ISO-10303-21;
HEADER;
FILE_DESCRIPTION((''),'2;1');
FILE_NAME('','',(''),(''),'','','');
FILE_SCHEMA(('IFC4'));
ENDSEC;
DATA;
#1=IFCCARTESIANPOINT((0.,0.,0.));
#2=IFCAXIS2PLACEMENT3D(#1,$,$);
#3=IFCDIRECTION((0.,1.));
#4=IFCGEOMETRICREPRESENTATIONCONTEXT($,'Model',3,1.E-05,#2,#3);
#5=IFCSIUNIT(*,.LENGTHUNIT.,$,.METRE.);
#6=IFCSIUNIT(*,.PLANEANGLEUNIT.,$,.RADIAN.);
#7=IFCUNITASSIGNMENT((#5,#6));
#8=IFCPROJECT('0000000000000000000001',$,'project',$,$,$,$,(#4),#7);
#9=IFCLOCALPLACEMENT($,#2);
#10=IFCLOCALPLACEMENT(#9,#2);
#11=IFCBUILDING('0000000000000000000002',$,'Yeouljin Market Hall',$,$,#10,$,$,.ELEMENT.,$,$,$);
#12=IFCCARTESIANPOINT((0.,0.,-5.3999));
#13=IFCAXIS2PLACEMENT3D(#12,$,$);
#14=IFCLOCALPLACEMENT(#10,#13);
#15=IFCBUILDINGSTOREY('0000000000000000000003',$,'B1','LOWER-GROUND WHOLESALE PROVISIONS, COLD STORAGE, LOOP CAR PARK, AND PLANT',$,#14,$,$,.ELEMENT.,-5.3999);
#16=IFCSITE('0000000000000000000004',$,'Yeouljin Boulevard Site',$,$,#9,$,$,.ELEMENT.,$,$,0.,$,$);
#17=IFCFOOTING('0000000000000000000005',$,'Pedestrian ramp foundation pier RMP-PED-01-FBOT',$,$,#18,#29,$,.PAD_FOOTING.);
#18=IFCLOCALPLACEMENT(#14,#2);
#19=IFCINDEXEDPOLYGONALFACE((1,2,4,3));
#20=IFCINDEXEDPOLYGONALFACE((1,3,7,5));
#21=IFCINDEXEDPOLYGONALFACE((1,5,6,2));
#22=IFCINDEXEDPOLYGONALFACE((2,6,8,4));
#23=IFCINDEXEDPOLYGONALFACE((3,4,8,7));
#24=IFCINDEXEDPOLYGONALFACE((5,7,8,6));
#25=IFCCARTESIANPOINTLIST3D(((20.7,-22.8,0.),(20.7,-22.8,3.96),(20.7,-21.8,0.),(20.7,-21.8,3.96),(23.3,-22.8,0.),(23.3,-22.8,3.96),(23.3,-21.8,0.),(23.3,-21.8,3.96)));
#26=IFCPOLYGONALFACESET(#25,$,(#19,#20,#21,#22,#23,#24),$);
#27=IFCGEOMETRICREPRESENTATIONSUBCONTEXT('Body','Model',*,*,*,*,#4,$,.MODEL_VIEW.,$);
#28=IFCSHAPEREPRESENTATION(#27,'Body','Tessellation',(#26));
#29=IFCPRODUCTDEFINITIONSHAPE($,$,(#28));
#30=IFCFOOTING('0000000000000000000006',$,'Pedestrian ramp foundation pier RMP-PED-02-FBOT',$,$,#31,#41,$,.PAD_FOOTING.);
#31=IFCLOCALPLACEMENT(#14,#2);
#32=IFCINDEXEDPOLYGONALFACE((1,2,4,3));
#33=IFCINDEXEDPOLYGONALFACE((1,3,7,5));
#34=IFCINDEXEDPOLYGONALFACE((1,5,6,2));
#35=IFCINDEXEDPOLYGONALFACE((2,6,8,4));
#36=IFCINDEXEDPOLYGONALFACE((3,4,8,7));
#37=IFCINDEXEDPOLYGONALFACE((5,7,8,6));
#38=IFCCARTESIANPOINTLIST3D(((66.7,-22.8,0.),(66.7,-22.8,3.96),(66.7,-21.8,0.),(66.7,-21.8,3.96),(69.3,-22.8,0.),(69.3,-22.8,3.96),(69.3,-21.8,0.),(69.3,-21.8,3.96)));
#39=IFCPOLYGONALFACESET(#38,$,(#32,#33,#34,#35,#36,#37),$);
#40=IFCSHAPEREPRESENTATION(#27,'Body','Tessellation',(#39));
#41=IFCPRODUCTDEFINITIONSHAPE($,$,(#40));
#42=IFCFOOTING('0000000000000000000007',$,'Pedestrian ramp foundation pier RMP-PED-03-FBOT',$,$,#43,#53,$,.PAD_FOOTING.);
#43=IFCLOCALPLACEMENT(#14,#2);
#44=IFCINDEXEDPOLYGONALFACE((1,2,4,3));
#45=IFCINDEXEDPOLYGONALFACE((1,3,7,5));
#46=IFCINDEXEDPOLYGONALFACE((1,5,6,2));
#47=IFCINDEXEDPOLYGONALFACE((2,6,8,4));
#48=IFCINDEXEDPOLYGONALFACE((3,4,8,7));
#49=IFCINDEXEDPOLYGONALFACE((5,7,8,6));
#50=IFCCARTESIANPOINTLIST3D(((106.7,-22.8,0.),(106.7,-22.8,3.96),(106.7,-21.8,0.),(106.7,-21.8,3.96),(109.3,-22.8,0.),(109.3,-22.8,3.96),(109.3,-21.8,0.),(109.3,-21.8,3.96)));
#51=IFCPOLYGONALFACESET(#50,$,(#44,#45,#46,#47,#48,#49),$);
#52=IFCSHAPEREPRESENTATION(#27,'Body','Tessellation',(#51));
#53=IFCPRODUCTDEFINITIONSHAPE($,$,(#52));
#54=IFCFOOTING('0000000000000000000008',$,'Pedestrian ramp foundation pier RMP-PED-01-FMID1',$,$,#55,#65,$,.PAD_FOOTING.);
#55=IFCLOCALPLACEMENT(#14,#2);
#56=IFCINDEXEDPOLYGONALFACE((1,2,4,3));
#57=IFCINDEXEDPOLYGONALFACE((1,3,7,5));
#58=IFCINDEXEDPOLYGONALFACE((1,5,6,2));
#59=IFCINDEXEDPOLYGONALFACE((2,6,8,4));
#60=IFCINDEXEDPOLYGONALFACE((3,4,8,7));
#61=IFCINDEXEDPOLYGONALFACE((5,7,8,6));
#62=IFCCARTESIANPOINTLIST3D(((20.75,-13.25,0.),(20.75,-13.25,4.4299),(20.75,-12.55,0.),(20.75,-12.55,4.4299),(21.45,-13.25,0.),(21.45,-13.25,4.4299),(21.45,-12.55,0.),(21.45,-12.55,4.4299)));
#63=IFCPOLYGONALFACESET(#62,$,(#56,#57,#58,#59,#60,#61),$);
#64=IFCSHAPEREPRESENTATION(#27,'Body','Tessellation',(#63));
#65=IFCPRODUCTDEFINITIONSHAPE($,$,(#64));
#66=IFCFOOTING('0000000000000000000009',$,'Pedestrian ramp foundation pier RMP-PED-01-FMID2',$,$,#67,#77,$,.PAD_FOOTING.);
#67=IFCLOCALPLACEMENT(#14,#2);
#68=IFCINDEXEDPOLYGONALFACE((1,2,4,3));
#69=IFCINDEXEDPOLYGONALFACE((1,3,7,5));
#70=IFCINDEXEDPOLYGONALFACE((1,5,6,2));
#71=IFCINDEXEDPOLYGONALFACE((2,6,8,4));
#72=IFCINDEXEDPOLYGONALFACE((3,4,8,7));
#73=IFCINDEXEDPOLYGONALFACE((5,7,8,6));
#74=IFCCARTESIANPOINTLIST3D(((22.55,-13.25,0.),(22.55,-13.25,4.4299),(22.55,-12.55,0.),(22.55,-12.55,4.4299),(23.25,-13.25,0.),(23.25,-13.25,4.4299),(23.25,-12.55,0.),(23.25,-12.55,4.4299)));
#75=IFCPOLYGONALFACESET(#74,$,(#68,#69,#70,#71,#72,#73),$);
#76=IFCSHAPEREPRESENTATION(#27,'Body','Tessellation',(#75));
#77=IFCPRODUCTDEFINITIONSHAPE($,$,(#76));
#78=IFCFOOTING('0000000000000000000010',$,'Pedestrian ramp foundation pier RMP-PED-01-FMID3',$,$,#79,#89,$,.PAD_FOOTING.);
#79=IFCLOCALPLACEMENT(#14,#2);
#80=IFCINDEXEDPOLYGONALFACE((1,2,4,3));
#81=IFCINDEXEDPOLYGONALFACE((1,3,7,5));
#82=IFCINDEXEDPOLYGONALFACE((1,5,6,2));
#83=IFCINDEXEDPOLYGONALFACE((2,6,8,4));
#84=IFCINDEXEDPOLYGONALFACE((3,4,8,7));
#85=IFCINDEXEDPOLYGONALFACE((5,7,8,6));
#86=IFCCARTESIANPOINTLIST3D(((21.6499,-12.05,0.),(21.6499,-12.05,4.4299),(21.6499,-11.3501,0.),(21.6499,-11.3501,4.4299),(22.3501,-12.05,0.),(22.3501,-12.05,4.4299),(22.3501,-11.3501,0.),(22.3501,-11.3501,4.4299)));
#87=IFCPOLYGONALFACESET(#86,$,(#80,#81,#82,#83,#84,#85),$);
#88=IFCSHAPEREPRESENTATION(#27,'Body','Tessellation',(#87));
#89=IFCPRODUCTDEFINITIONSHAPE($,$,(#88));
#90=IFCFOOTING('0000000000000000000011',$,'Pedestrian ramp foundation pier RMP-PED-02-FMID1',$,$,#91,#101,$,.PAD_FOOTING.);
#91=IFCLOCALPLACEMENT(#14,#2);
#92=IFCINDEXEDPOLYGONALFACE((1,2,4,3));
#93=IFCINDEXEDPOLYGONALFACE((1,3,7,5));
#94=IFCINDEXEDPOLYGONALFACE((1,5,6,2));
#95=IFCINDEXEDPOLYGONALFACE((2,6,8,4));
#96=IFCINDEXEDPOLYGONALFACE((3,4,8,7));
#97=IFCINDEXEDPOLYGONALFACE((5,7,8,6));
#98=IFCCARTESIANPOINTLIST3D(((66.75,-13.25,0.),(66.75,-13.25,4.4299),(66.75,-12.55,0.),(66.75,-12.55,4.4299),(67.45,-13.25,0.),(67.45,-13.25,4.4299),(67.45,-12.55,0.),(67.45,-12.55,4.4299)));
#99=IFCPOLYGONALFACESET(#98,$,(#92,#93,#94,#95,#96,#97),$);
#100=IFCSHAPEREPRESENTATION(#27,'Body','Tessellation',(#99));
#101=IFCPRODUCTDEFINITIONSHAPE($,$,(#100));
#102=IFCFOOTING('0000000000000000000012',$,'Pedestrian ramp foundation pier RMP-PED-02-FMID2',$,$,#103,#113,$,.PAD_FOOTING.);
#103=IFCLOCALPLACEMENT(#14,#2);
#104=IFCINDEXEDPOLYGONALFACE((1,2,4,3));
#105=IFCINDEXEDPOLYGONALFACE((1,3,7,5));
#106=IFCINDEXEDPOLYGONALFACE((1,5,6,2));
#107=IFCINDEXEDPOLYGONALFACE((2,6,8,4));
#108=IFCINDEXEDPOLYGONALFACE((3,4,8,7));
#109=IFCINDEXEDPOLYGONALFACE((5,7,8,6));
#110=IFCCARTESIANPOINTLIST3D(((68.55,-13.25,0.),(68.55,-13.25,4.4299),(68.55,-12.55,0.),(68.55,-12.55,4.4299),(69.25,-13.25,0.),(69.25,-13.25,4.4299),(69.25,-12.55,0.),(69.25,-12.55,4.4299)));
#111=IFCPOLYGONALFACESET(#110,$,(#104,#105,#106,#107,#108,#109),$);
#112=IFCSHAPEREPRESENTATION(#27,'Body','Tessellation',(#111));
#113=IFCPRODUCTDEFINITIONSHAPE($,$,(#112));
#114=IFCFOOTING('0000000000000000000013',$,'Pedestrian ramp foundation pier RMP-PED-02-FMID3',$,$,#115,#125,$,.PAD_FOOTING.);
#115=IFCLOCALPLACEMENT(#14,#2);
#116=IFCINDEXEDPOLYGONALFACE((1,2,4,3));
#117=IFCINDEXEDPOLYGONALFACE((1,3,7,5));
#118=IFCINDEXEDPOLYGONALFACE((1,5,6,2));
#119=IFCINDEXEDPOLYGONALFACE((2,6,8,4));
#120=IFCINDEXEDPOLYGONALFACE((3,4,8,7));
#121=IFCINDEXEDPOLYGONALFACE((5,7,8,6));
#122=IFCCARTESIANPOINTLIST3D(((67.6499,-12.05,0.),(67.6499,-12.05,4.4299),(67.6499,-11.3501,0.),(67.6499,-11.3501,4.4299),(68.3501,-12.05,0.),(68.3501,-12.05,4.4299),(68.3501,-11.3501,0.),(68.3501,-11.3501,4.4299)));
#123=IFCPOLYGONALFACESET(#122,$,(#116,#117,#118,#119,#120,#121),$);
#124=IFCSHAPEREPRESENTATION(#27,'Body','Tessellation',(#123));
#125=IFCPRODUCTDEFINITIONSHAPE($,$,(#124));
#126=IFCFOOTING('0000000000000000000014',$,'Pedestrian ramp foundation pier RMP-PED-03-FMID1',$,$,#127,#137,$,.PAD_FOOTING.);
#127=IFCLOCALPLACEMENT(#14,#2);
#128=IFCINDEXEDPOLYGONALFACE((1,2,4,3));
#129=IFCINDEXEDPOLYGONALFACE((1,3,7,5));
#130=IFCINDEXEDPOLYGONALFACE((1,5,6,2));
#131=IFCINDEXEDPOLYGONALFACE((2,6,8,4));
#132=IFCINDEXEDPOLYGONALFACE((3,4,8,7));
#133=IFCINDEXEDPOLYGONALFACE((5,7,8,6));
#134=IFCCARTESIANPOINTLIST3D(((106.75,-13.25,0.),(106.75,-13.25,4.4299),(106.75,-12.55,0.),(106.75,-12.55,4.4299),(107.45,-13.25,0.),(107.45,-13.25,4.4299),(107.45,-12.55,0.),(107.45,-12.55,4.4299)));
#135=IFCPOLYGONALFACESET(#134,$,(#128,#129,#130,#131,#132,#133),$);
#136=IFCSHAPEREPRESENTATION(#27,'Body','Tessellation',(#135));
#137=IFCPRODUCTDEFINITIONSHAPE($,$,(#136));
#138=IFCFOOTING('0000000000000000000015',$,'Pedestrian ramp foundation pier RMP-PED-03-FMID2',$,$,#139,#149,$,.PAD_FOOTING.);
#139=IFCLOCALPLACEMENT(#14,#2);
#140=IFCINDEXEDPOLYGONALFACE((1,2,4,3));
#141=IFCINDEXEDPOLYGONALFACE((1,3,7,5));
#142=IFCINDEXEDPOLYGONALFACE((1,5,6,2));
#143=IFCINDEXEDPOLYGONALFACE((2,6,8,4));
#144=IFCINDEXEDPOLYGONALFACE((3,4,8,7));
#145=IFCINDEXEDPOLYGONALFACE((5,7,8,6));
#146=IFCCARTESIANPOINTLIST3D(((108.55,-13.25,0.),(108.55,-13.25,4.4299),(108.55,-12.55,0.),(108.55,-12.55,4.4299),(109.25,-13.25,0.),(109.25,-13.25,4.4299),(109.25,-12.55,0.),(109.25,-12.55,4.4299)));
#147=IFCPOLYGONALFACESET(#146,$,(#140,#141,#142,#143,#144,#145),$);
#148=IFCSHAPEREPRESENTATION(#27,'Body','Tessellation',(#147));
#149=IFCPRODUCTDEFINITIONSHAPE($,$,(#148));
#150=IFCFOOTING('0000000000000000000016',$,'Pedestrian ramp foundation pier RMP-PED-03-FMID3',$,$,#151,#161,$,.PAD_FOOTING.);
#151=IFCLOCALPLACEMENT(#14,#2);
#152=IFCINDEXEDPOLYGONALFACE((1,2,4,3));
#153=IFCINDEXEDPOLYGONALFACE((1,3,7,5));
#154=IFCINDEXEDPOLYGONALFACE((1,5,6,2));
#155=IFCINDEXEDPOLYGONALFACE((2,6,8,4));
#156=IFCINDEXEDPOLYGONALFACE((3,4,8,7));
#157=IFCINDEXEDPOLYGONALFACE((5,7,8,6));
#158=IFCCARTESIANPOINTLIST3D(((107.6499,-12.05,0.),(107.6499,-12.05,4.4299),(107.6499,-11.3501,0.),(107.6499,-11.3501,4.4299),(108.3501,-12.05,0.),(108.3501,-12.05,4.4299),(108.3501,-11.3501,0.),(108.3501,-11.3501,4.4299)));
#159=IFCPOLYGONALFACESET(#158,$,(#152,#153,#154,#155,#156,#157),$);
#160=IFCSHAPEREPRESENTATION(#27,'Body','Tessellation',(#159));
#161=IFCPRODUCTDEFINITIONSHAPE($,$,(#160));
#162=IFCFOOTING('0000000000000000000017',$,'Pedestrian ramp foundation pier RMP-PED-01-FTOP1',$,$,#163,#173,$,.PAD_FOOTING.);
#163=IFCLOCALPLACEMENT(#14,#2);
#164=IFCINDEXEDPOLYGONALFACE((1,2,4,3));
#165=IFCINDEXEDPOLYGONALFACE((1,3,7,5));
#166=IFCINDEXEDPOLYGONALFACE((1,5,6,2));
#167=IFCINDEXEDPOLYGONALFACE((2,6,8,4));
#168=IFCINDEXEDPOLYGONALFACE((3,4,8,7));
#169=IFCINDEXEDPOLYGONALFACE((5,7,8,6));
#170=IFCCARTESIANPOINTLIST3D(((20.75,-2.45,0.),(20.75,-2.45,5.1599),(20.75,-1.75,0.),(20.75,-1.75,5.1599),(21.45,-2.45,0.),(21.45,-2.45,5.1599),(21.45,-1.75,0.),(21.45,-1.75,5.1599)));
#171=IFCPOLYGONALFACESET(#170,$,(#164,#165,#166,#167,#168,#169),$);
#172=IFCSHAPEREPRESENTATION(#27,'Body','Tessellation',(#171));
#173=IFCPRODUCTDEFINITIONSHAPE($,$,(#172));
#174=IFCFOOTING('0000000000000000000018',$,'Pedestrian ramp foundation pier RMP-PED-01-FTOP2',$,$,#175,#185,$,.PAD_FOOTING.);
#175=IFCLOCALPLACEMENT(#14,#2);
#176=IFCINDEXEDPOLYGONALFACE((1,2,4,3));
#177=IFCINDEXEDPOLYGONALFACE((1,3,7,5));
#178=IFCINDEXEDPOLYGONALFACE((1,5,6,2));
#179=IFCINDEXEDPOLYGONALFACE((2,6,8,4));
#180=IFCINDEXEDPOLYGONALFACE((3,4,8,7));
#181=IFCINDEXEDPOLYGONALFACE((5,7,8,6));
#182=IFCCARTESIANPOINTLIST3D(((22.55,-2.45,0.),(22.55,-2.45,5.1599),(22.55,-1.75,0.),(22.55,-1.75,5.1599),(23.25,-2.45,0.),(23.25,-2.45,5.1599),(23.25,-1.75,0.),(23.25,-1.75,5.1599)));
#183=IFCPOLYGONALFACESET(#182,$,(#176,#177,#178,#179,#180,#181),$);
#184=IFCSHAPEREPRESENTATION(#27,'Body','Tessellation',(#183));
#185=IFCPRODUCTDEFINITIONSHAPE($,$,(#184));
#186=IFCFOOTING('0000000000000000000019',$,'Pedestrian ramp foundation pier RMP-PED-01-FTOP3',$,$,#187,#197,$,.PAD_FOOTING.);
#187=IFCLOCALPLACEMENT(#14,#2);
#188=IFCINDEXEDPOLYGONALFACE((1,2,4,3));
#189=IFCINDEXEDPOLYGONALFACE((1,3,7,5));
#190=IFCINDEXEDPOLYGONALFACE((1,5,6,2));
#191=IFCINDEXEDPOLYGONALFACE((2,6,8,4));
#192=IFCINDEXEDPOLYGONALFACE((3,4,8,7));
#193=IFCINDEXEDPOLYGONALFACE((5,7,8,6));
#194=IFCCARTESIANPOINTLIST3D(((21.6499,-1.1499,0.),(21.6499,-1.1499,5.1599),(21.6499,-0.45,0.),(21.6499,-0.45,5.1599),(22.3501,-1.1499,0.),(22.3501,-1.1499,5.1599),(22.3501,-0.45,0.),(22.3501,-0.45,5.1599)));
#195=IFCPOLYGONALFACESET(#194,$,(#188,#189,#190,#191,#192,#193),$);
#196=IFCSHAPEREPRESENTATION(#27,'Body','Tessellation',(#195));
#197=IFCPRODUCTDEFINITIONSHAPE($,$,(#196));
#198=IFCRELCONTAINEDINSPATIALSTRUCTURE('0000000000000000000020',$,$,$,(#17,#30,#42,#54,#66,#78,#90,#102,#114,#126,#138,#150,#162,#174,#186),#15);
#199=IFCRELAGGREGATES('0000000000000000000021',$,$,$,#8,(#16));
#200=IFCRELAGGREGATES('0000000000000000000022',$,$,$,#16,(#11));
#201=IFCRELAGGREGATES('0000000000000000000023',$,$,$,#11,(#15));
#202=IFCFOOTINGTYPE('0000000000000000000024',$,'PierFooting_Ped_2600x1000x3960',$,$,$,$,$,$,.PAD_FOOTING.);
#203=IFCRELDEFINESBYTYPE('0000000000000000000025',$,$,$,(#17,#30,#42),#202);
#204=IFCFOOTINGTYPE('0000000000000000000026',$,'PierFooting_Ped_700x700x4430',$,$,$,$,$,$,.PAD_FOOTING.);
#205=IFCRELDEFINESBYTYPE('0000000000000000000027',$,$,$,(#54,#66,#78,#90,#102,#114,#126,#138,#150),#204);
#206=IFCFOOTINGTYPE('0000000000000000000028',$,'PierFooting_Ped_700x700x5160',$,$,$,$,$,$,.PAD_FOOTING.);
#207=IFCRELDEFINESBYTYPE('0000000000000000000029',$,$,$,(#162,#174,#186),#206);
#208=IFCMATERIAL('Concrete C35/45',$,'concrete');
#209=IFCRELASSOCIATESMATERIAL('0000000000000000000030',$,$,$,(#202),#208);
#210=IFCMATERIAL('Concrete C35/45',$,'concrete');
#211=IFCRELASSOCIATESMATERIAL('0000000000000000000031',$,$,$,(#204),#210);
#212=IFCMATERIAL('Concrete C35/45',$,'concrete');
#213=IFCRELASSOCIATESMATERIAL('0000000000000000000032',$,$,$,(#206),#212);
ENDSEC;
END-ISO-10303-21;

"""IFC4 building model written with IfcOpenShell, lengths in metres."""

from ifc_helpers import new_model, si_unit, direction, frame, origin, place, context, subcontext, project, spatial, polyline, outline, extrude, material, type_object, element, save


model = new_model("IFC4")

# Units and contexts
model_context = context("Model", 3, precision=1e-05, world=origin(), true_north=direction((0.0, 1.0)))
body_context = subcontext(model_context, "Body", "Model", "MODEL_VIEW")
ifc_project = project(units=[si_unit("LENGTHUNIT", "METRE"), si_unit("PLANEANGLEUNIT", "RADIAN")], contexts=[model_context])

# Site, building, storey
site_placement = place(None, origin())
site = spatial("IfcSite", under=ifc_project, at=site_placement, Name="Yeouljin Boulevard Site", CompositionType="ELEMENT", RefElevation=0.0)
building_placement = place(site_placement, origin())
building = spatial("IfcBuilding", under=site, at=building_placement, Name="Yeouljin Market Hall", CompositionType="ELEMENT")
storey_placement = place(building_placement, frame((0.0, 0.0, -5.3999)))
storey = spatial("IfcBuildingStorey", under=building, at=storey_placement, Name="B1", Description="LOWER-GROUND WHOLESALE PROVISIONS, COLD STORAGE, LOOP CAR PARK, AND PLANT", CompositionType="ELEMENT", Elevation=-5.3999)

# Footings
ifc_material_1 = material(Name="Concrete C35/45", Category="concrete")
footing_type_1 = type_object("IfcFootingType", Name="PierFooting_Ped_2600x1000x3960", PredefinedType="PAD_FOOTING", material=ifc_material_1)
footing_1_placement = place(storey_placement, origin())
element("IfcFooting", 1, at=footing_1_placement, inside=storey, type_object=footing_type_1, Name="Pedestrian ramp foundation pier RMP-PED-01-FBOT", PredefinedType="PAD_FOOTING", context=body_context, shape_type="SweptSolid", body=[
    extrude(outline(polyline([(20.7, -22.8), (23.3, -22.8), (23.3, -21.8), (20.7, -21.8), (20.7, -22.8)])), origin(), (0.0, 0.0, 1.0), 3.96),
])
footing_2_placement = place(storey_placement, origin())
element("IfcFooting", 2, at=footing_2_placement, inside=storey, type_object=footing_type_1, Name="Pedestrian ramp foundation pier RMP-PED-02-FBOT", PredefinedType="PAD_FOOTING", context=body_context, shape_type="SweptSolid", body=[
    extrude(outline(polyline([(66.7, -22.8), (69.3, -22.8), (69.3, -21.8), (66.7, -21.8), (66.7, -22.8)])), origin(), (0.0, 0.0, 1.0), 3.96),
])
footing_3_placement = place(storey_placement, origin())
element("IfcFooting", 3, at=footing_3_placement, inside=storey, type_object=footing_type_1, Name="Pedestrian ramp foundation pier RMP-PED-03-FBOT", PredefinedType="PAD_FOOTING", context=body_context, shape_type="SweptSolid", body=[
    extrude(outline(polyline([(106.7, -22.8), (109.3, -22.8), (109.3, -21.8), (106.7, -21.8), (106.7, -22.8)])), origin(), (0.0, 0.0, 1.0), 3.96),
])
ifc_material_2 = material(Name="Concrete C35/45", Category="concrete")
footing_type_2 = type_object("IfcFootingType", Name="PierFooting_Ped_700x700x4430", PredefinedType="PAD_FOOTING", material=ifc_material_2)
footing_4_placement = place(storey_placement, origin())
element("IfcFooting", 4, at=footing_4_placement, inside=storey, type_object=footing_type_2, Name="Pedestrian ramp foundation pier RMP-PED-01-FMID1", PredefinedType="PAD_FOOTING", context=body_context, shape_type="SweptSolid", body=[
    extrude(outline(polyline([(20.75, -13.25), (21.45, -13.25), (21.45, -12.55), (20.75, -12.55), (20.75, -13.25)])), origin(), (0.0, 0.0, 1.0), 4.4299),
])
footing_5_placement = place(storey_placement, origin())
element("IfcFooting", 5, at=footing_5_placement, inside=storey, type_object=footing_type_2, Name="Pedestrian ramp foundation pier RMP-PED-01-FMID2", PredefinedType="PAD_FOOTING", context=body_context, shape_type="SweptSolid", body=[
    extrude(outline(polyline([(22.55, -13.25), (23.25, -13.25), (23.25, -12.55), (22.55, -12.55), (22.55, -13.25)])), origin(), (0.0, 0.0, 1.0), 4.4299),
])
footing_6_placement = place(storey_placement, origin())
element("IfcFooting", 6, at=footing_6_placement, inside=storey, type_object=footing_type_2, Name="Pedestrian ramp foundation pier RMP-PED-01-FMID3", PredefinedType="PAD_FOOTING", context=body_context, shape_type="SweptSolid", body=[
    extrude(outline(polyline([(21.6499, -12.05), (22.3501, -12.05), (22.3501, -11.3501), (21.6499, -11.3501), (21.6499, -12.05)])), origin(), (0.0, 0.0, 1.0), 4.4299),
])
footing_7_placement = place(storey_placement, origin())
element("IfcFooting", 7, at=footing_7_placement, inside=storey, type_object=footing_type_2, Name="Pedestrian ramp foundation pier RMP-PED-02-FMID1", PredefinedType="PAD_FOOTING", context=body_context, shape_type="SweptSolid", body=[
    extrude(outline(polyline([(66.75, -13.25), (67.45, -13.25), (67.45, -12.55), (66.75, -12.55), (66.75, -13.25)])), origin(), (0.0, 0.0, 1.0), 4.4299),
])
footing_8_placement = place(storey_placement, origin())
element("IfcFooting", 8, at=footing_8_placement, inside=storey, type_object=footing_type_2, Name="Pedestrian ramp foundation pier RMP-PED-02-FMID2", PredefinedType="PAD_FOOTING", context=body_context, shape_type="SweptSolid", body=[
    extrude(outline(polyline([(68.55, -13.25), (69.25, -13.25), (69.25, -12.55), (68.55, -12.55), (68.55, -13.25)])), origin(), (0.0, 0.0, 1.0), 4.4299),
])
footing_9_placement = place(storey_placement, origin())
element("IfcFooting", 9, at=footing_9_placement, inside=storey, type_object=footing_type_2, Name="Pedestrian ramp foundation pier RMP-PED-02-FMID3", PredefinedType="PAD_FOOTING", context=body_context, shape_type="SweptSolid", body=[
    extrude(outline(polyline([(67.6499, -12.05), (68.3501, -12.05), (68.3501, -11.3501), (67.6499, -11.3501), (67.6499, -12.05)])), origin(), (0.0, 0.0, 1.0), 4.4299),
])
footing_10_placement = place(storey_placement, origin())
element("IfcFooting", 10, at=footing_10_placement, inside=storey, type_object=footing_type_2, Name="Pedestrian ramp foundation pier RMP-PED-03-FMID1", PredefinedType="PAD_FOOTING", context=body_context, shape_type="SweptSolid", body=[
    extrude(outline(polyline([(106.75, -13.25), (107.45, -13.25), (107.45, -12.55), (106.75, -12.55), (106.75, -13.25)])), origin(), (0.0, 0.0, 1.0), 4.4299),
])
footing_11_placement = place(storey_placement, origin())
element("IfcFooting", 11, at=footing_11_placement, inside=storey, type_object=footing_type_2, Name="Pedestrian ramp foundation pier RMP-PED-03-FMID2", PredefinedType="PAD_FOOTING", context=body_context, shape_type="SweptSolid", body=[
    extrude(outline(polyline([(108.55, -13.25), (109.25, -13.25), (109.25, -12.55), (108.55, -12.55), (108.55, -13.25)])), origin(), (0.0, 0.0, 1.0), 4.4299),
])
footing_12_placement = place(storey_placement, origin())
element("IfcFooting", 12, at=footing_12_placement, inside=storey, type_object=footing_type_2, Name="Pedestrian ramp foundation pier RMP-PED-03-FMID3", PredefinedType="PAD_FOOTING", context=body_context, shape_type="SweptSolid", body=[
    extrude(outline(polyline([(107.6499, -12.05), (108.3501, -12.05), (108.3501, -11.3501), (107.6499, -11.3501), (107.6499, -12.05)])), origin(), (0.0, 0.0, 1.0), 4.4299),
])
ifc_material_3 = material(Name="Concrete C35/45", Category="concrete")
footing_type_3 = type_object("IfcFootingType", Name="PierFooting_Ped_700x700x5160", PredefinedType="PAD_FOOTING", material=ifc_material_3)
footing_13_placement = place(storey_placement, origin())
element("IfcFooting", 13, at=footing_13_placement, inside=storey, type_object=footing_type_3, Name="Pedestrian ramp foundation pier RMP-PED-01-FTOP1", PredefinedType="PAD_FOOTING", context=body_context, shape_type="SweptSolid", body=[
    extrude(outline(polyline([(20.75, -2.45), (21.45, -2.45), (21.45, -1.75), (20.75, -1.75), (20.75, -2.45)])), origin(), (0.0, 0.0, 1.0), 5.1599),
])
footing_14_placement = place(storey_placement, origin())
element("IfcFooting", 14, at=footing_14_placement, inside=storey, type_object=footing_type_3, Name="Pedestrian ramp foundation pier RMP-PED-01-FTOP2", PredefinedType="PAD_FOOTING", context=body_context, shape_type="SweptSolid", body=[
    extrude(outline(polyline([(22.55, -2.45), (23.25, -2.45), (23.25, -1.75), (22.55, -1.75), (22.55, -2.45)])), origin(), (0.0, 0.0, 1.0), 5.1599),
])
footing_15_placement = place(storey_placement, origin())
element("IfcFooting", 15, at=footing_15_placement, inside=storey, type_object=footing_type_3, Name="Pedestrian ramp foundation pier RMP-PED-01-FTOP3", PredefinedType="PAD_FOOTING", context=body_context, shape_type="SweptSolid", body=[
    extrude(outline(polyline([(21.6499, -1.1499), (22.3501, -1.1499), (22.3501, -0.45), (21.6499, -0.45), (21.6499, -1.1499)])), origin(), (0.0, 0.0, 1.0), 5.1599),
])

save(model, "model.ifc")
